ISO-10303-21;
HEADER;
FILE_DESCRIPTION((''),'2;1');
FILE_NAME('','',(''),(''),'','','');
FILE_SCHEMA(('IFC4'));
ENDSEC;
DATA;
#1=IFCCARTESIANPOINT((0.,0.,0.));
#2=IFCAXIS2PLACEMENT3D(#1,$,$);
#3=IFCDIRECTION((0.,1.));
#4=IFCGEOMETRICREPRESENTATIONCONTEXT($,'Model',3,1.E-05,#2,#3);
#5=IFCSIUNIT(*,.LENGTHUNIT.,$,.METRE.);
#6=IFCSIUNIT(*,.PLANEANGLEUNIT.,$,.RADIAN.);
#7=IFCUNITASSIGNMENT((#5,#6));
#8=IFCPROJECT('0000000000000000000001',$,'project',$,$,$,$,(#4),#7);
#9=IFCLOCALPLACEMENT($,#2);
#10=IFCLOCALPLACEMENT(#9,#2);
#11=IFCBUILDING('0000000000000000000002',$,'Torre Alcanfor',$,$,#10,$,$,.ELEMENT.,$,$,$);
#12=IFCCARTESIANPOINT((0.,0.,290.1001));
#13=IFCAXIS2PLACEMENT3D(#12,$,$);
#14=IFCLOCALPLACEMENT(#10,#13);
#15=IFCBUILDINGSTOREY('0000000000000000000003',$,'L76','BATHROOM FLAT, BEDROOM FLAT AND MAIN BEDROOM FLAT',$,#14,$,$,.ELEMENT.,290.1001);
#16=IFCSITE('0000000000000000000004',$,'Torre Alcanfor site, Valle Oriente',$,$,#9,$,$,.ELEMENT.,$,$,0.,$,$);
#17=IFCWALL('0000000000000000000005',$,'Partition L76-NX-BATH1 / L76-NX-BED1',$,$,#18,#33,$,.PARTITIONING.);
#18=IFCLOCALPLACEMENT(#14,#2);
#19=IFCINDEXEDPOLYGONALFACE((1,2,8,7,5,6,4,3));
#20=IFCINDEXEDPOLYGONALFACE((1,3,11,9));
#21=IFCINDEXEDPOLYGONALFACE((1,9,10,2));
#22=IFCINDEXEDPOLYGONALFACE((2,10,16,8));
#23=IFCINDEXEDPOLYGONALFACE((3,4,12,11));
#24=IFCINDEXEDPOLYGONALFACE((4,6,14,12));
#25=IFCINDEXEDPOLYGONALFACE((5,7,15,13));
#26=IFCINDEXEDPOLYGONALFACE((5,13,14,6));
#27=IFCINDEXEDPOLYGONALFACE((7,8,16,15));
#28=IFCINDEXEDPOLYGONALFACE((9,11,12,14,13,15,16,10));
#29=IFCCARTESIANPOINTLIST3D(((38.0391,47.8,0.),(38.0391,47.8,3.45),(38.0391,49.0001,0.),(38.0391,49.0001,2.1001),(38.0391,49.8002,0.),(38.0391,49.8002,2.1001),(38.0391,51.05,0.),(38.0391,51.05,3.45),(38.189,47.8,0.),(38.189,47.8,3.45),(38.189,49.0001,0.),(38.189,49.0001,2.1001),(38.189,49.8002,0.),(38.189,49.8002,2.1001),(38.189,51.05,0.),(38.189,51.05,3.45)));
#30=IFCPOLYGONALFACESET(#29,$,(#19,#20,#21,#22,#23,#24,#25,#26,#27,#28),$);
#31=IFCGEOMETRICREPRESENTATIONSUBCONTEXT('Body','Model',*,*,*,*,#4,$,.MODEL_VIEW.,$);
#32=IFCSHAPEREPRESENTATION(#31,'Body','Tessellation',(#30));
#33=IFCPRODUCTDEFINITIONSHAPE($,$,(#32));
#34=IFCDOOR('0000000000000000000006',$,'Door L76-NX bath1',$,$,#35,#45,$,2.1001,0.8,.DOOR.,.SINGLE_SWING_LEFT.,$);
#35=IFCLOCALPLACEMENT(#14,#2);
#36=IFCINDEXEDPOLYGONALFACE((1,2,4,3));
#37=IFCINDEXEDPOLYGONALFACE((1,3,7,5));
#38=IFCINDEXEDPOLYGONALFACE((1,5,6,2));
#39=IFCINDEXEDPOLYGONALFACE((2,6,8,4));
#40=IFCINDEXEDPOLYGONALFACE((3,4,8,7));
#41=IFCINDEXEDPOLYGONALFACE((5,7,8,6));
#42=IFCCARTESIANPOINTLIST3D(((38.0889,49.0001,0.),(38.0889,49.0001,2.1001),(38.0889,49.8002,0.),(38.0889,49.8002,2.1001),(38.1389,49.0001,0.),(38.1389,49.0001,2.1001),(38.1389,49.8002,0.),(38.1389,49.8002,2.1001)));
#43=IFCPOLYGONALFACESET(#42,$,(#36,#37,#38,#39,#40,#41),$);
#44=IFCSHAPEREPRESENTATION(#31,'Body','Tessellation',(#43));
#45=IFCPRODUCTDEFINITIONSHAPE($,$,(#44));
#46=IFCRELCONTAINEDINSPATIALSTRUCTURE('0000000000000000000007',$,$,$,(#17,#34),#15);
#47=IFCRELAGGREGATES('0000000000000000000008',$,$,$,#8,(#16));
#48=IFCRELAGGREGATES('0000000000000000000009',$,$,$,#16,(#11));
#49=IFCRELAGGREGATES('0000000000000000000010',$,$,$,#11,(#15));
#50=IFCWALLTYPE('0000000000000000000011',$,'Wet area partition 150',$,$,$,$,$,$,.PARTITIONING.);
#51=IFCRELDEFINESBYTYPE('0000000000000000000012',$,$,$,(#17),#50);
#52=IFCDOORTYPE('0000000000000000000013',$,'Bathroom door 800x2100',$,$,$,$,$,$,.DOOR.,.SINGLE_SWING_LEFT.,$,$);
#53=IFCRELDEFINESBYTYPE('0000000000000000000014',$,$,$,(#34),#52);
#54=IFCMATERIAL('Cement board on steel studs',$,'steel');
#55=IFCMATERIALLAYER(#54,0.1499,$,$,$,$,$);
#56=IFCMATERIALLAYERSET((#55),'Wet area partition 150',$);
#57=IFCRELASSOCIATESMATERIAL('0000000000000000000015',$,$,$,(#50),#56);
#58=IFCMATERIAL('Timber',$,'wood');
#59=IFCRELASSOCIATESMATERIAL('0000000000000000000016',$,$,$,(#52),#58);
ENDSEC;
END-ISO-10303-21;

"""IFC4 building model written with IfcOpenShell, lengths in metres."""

from ifc_helpers import new_model, si_unit, direction, frame, frame_2d, origin, place, context, subcontext, project, spatial, rectangle, extrude, material, layer, layer_set, type_object, element, fill, save


model = new_model("IFC4")

# Units and contexts
model_context = context("Model", 3, precision=1e-05, world=origin(), true_north=direction((0.0, 1.0)))
body_context = subcontext(model_context, "Body", "Model", "MODEL_VIEW")
ifc_project = project(units=[si_unit("LENGTHUNIT", "METRE"), si_unit("PLANEANGLEUNIT", "RADIAN")], contexts=[model_context])

# Site, building, storey
site_placement = place(None, origin())
site = spatial("IfcSite", under=ifc_project, at=site_placement, Name="Torre Alcanfor site, Valle Oriente", CompositionType="ELEMENT", RefElevation=0.0)
building_placement = place(site_placement, origin())
building = spatial("IfcBuilding", under=site, at=building_placement, Name="Torre Alcanfor", CompositionType="ELEMENT")
storey_placement = place(building_placement, frame((0.0, 0.0, 290.1001)))
storey = spatial("IfcBuildingStorey", under=building, at=storey_placement, Name="L76", Description="BATHROOM FLAT, BEDROOM FLAT AND MAIN BEDROOM FLAT", CompositionType="ELEMENT", Elevation=290.1001)

# Wall, opening, door
ifc_material_1 = material(Name="Cement board on steel studs", Category="steel")
ifc_layer_1 = layer(ifc_material_1, 0.1499)
ifc_layer_set_1 = layer_set([ifc_layer_1], Name="Wet area partition 150")
wall_type_1 = type_object("IfcWallType", Name="Wet area partition 150", PredefinedType="PARTITIONING", material=ifc_layer_set_1)
wall_1_placement = place(storey_placement, frame((38.114, 51.05, 0.0), z_axis=(0.0, 0.0, 1.0), x_axis=(0.0, -1.0, 0.0)))
wall_1 = element("IfcWall", 1, at=wall_1_placement, inside=storey, type_object=wall_type_1, Name="Partition L76-NX-BATH1 / L76-NX-BED1", PredefinedType="PARTITIONING", context=body_context, shape_type="SweptSolid", body=[
    extrude(rectangle(XDim=3.25, YDim=0.1499, at=frame_2d((1.625, 0.0))), origin(), (0.0, 0.0, 1.0), 3.45),
])
opening_1_placement = place(wall_1_placement, frame((1.25, 0.0, 0.0)))
opening_1 = element("IfcOpeningElement", 2, at=opening_1_placement, cuts=wall_1, PredefinedType="OPENING", context=body_context, shape_type="SweptSolid", body=[
    extrude(rectangle(XDim=0.8, YDim=2.1001, at=frame_2d((0.3999, 1.05))), frame((0.0, 0.085, 0.0), z_axis=(0.0, -1.0, 0.0), x_axis=(1.0, 0.0, 0.0)), (0.0, 0.0, 1.0), 0.1699),
])
ifc_material_2 = material(Name="Timber", Category="wood")
door_type_1 = type_object("IfcDoorType", Name="Bathroom door 800x2100", OperationType="SINGLE_SWING_LEFT", PredefinedType="DOOR", material=ifc_material_2)
door_1_placement = place(opening_1_placement, frame((0.8, 0.0, 0.0), z_axis=(0.0, 0.0, 1.0), x_axis=(-1.0, 0.0, 0.0)))
door_1 = element("IfcDoor", 3, at=door_1_placement, inside=storey, type_object=door_type_1, Name="Door L76-NX bath1", OperationType="SINGLE_SWING_LEFT", OverallHeight=2.1001, OverallWidth=0.8, PredefinedType="DOOR", context=body_context, shape_type="SweptSolid", body=[
    extrude(rectangle(XDim=0.8, YDim=2.1001, at=frame_2d((0.4001, 1.05))), frame((0.0, 0.0251, 0.0), z_axis=(0.0, -1.0, 0.0), x_axis=(1.0, 0.0, 0.0)), (0.0, 0.0, 1.0), 0.05),
])
fill(opening_1, door_1)

save(model, "model.ifc")
